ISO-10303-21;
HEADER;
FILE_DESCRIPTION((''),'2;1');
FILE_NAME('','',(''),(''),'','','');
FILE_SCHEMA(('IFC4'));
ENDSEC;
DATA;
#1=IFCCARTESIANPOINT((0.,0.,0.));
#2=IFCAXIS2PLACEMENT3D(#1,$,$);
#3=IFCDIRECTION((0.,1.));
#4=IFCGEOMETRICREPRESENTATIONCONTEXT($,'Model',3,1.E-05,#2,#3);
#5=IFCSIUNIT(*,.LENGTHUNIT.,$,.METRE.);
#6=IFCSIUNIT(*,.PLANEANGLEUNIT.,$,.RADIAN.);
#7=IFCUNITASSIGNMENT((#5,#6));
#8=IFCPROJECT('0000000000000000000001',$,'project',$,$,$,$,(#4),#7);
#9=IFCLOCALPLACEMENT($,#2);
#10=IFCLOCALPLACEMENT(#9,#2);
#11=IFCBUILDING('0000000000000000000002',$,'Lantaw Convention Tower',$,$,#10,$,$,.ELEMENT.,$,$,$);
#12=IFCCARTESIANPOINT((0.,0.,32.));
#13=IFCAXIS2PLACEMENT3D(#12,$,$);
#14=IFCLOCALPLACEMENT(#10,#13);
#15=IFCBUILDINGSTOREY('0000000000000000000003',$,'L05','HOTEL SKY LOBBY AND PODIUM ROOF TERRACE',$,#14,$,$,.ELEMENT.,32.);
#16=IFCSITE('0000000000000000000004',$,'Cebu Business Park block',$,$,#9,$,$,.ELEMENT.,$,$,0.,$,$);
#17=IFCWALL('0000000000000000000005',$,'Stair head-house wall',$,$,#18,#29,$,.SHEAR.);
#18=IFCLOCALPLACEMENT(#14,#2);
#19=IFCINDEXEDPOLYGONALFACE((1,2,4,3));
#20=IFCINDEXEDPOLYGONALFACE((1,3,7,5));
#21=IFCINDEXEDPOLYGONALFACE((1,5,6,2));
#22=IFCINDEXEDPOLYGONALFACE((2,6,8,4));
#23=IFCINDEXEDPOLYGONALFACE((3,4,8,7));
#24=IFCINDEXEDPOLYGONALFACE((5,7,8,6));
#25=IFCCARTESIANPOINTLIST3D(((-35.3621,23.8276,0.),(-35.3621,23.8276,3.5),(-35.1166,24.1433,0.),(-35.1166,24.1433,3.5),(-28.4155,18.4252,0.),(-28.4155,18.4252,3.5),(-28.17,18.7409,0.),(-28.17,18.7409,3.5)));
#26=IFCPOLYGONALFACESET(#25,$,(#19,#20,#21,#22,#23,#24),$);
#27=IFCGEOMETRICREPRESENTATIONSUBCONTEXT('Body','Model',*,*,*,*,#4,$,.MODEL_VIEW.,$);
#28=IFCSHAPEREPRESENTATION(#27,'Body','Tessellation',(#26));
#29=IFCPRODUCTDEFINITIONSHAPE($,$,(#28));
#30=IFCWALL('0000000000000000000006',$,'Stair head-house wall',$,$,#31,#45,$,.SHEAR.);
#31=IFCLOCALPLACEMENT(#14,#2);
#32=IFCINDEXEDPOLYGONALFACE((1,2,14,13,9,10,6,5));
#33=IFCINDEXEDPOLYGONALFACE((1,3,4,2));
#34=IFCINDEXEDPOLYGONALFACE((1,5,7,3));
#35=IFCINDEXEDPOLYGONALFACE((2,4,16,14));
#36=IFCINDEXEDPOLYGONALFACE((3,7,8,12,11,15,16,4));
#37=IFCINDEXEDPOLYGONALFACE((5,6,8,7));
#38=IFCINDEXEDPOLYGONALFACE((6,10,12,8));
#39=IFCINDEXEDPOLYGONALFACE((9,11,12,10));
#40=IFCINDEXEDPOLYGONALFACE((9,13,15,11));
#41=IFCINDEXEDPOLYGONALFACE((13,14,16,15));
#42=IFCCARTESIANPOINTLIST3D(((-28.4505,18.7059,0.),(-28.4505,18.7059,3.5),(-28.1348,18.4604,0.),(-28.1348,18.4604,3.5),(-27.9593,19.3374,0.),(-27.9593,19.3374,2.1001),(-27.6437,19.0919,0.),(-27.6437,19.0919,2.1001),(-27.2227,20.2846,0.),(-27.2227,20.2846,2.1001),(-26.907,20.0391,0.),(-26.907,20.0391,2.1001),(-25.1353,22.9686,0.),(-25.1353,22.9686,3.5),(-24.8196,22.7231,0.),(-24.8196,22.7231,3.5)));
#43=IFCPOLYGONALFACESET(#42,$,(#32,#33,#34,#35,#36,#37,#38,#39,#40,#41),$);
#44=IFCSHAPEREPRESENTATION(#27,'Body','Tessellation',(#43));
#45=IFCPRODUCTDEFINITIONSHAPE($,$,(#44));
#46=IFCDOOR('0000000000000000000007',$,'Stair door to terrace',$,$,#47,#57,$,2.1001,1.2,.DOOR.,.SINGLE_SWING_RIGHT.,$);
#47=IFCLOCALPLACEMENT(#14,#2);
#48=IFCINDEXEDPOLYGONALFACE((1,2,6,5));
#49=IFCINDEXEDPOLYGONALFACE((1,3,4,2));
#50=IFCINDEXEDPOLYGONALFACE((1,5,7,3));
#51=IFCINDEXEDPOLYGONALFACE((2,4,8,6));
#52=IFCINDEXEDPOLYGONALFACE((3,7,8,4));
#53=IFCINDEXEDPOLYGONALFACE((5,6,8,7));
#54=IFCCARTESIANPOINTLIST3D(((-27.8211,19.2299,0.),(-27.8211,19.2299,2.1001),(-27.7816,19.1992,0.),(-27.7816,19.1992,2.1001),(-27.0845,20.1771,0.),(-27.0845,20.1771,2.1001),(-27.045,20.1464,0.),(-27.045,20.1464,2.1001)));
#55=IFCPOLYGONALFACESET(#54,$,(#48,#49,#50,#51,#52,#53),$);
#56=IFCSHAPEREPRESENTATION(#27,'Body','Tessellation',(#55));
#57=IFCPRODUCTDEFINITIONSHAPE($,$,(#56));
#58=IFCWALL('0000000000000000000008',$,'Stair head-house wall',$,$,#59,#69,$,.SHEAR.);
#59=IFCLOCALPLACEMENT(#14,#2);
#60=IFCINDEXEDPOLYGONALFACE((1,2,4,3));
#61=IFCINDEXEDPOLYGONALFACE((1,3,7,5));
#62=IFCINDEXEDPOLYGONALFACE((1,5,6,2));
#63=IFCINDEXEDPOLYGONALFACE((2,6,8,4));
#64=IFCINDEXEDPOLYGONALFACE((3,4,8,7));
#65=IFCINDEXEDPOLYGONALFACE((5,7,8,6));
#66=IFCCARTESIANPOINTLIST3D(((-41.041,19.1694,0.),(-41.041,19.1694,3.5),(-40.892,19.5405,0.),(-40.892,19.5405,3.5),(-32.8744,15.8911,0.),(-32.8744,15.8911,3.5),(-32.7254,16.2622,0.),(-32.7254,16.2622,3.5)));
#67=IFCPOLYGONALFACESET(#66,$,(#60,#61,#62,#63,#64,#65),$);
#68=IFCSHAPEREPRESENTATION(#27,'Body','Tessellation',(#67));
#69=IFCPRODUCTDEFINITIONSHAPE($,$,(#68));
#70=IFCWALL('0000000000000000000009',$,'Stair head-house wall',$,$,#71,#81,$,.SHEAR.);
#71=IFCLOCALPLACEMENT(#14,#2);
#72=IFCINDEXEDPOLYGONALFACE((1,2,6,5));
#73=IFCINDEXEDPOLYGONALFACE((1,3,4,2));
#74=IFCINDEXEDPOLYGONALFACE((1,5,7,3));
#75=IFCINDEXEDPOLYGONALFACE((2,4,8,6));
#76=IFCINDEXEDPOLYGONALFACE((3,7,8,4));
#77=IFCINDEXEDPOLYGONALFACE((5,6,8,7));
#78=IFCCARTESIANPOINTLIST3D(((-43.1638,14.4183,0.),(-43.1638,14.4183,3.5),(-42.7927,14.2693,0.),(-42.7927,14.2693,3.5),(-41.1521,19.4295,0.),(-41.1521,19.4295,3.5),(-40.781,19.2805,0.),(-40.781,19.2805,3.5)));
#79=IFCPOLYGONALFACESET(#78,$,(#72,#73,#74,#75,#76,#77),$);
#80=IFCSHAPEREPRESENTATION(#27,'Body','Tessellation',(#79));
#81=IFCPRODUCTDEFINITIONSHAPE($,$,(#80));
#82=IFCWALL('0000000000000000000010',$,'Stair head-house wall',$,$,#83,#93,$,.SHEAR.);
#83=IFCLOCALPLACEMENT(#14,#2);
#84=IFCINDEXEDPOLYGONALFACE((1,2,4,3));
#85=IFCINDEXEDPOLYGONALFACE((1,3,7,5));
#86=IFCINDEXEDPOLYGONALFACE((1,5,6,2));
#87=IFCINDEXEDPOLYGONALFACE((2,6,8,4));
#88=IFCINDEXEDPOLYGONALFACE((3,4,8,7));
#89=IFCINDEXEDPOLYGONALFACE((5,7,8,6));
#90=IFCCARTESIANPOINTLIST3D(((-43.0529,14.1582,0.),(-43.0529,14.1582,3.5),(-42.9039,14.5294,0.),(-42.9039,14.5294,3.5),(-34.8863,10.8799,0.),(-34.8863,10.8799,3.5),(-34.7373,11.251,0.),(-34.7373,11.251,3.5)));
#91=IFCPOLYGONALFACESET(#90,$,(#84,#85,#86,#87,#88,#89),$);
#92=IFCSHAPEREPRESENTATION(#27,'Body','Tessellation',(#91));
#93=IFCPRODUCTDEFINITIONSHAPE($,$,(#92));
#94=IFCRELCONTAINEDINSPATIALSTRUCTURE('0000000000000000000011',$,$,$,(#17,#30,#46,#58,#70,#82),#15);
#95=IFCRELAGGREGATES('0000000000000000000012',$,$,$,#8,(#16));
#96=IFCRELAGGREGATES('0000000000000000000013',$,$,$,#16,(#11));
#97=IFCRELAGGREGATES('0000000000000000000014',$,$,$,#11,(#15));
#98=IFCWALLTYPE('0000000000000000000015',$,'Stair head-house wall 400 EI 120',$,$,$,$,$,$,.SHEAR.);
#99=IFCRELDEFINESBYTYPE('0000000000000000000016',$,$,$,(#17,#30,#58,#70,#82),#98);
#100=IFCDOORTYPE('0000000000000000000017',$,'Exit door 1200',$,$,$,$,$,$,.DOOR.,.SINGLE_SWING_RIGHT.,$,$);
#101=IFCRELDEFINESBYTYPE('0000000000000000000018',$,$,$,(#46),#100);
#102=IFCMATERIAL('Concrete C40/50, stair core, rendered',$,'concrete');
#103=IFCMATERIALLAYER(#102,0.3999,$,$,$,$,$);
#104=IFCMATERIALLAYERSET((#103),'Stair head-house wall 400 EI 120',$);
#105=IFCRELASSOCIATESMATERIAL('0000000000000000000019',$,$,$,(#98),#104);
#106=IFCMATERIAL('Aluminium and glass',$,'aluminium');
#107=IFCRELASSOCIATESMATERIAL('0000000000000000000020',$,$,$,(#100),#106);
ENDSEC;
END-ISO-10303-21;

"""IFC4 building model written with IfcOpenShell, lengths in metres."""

from ifc_helpers import new_model, si_unit, direction, frame, frame_2d, origin, place, context, subcontext, project, spatial, rectangle, extrude, material, layer, layer_set, type_object, element, fill, save


model = new_model("IFC4")

# Units and contexts
model_context = context("Model", 3, precision=1e-05, world=origin(), true_north=direction((0.0, 1.0)))
body_context = subcontext(model_context, "Body", "Model", "MODEL_VIEW")
ifc_project = project(units=[si_unit("LENGTHUNIT", "METRE"), si_unit("PLANEANGLEUNIT", "RADIAN")], contexts=[model_context])

# Site, building, storey
site_placement = place(None, origin())
site = spatial("IfcSite", under=ifc_project, at=site_placement, Name="Cebu Business Park block", CompositionType="ELEMENT", RefElevation=0.0)
building_placement = place(site_placement, origin())
building = spatial("IfcBuilding", under=site, at=building_placement, Name="Lantaw Convention Tower", CompositionType="ELEMENT")
storey_placement = place(building_placement, frame((0.0, 0.0, 32.0)))
storey = spatial("IfcBuildingStorey", under=building, at=storey_placement, Name="L05", Description="HOTEL SKY LOBBY AND PODIUM ROOF TERRACE", CompositionType="ELEMENT", Elevation=32.0)

# Wall
ifc_material_1 = material(Name="Concrete C40/50, stair core, rendered", Category="concrete")
ifc_layer = layer(ifc_material_1, 0.3999)
ifc_layer_set = layer_set([ifc_layer], Name="Stair head-house wall 400 EI 120")
wall_type = type_object("IfcWallType", Name="Stair head-house wall 400 EI 120", PredefinedType="SHEAR", material=ifc_layer_set)
wall_1_placement = place(storey_placement, frame((-35.2393, 23.9854, 0.0), z_axis=(0.0, 0.0, 1.0), x_axis=(0.789381, -0.613904, 0.0)))
element("IfcWall", 1, at=wall_1_placement, inside=storey, type_object=wall_type, Name="Stair head-house wall", PredefinedType="SHEAR", context=body_context, shape_type="SweptSolid", body=[
    extrude(rectangle(XDim=8.8, YDim=0.3999, at=frame_2d((4.3999, 0.0))), origin(), (0.0, 0.0, 1.0), 3.5),
])

# Wall, opening, door
wall_2_placement = place(storey_placement, frame((-28.2927, 18.583, 0.0), z_axis=(0.0, 0.0, 1.0), x_axis=(0.613912, 0.789374, 0.0)))
wall_2 = element("IfcWall", 2, at=wall_2_placement, inside=storey, type_object=wall_type, Name="Stair head-house wall", PredefinedType="SHEAR", context=body_context, shape_type="SweptSolid", body=[
    extrude(rectangle(XDim=5.4001, YDim=0.3999, at=frame_2d((2.7002, 0.0))), origin(), (0.0, 0.0, 1.0), 3.5),
])
opening_placement = place(wall_2_placement, frame((0.8, 0.0, 0.0)))
opening = element("IfcOpeningElement", 3, at=opening_placement, cuts=wall_2, PredefinedType="OPENING", context=body_context, shape_type="SweptSolid", body=[
    extrude(rectangle(XDim=1.2, YDim=2.1001, at=frame_2d((0.6001, 1.05))), frame((0.0, 0.21, 0.0), z_axis=(0.0, -1.0, 0.0), x_axis=(1.0, 0.0, 0.0)), (0.0, 0.0, 1.0), 0.4199),
])
ifc_material_2 = material(Name="Aluminium and glass", Category="aluminium")
door_type = type_object("IfcDoorType", Name="Exit door 1200", OperationType="SINGLE_SWING_RIGHT", PredefinedType="DOOR", material=ifc_material_2)
door_placement = place(opening_placement, origin())
door = element("IfcDoor", 4, at=door_placement, inside=storey, type_object=door_type, Name="Stair door to terrace", OperationType="SINGLE_SWING_RIGHT", OverallHeight=2.1001, OverallWidth=1.2, PredefinedType="DOOR", context=body_context, shape_type="SweptSolid", body=[
    extrude(rectangle(XDim=1.2, YDim=2.1001, at=frame_2d((0.6001, 1.05))), frame((0.0, 0.0249, 0.0), z_axis=(0.0, -1.0, 0.0), x_axis=(1.0, 0.0, 0.0)), (0.0, 0.0, 1.0), 0.05),
])
fill(opening, door)

# Walls
wall_3_placement = place(storey_placement, frame((-32.8, 16.0767, 0.0), z_axis=(0.0, 0.0, 1.0), x_axis=(-0.928017, 0.372538, 0.0)))
element("IfcWall", 5, at=wall_3_placement, inside=storey, type_object=wall_type, Name="Stair head-house wall", PredefinedType="SHEAR", context=body_context, shape_type="SweptSolid", body=[
    extrude(rectangle(XDim=8.8, YDim=0.3999, at=frame_2d((4.3999, 0.0))), origin(), (0.0, 0.0, 1.0), 3.5),
])
wall_4_placement = place(storey_placement, frame((-40.9666, 19.355, 0.0), z_axis=(0.0, 0.0, 1.0), x_axis=(-0.372544, -0.928015, 0.0)))
element("IfcWall", 6, at=wall_4_placement, inside=storey, type_object=wall_type, Name="Stair head-house wall", PredefinedType="SHEAR", context=body_context, shape_type="SweptSolid", body=[
    extrude(rectangle(XDim=5.3999, YDim=0.3999, at=frame_2d((2.7, 0.0))), origin(), (0.0, 0.0, 1.0), 3.5),
])
wall_5_placement = place(storey_placement, frame((-42.9783, 14.3438, 0.0), z_axis=(0.0, 0.0, 1.0), x_axis=(0.928017, -0.372538, 0.0)))
element("IfcWall", 7, at=wall_5_placement, inside=storey, type_object=wall_type, Name="Stair head-house wall", PredefinedType="SHEAR", context=body_context, shape_type="SweptSolid", body=[
    extrude(rectangle(XDim=8.8, YDim=0.3999, at=frame_2d((4.3999, 0.0))), origin(), (0.0, 0.0, 1.0), 3.5),
])

save(model, "model.ifc")
